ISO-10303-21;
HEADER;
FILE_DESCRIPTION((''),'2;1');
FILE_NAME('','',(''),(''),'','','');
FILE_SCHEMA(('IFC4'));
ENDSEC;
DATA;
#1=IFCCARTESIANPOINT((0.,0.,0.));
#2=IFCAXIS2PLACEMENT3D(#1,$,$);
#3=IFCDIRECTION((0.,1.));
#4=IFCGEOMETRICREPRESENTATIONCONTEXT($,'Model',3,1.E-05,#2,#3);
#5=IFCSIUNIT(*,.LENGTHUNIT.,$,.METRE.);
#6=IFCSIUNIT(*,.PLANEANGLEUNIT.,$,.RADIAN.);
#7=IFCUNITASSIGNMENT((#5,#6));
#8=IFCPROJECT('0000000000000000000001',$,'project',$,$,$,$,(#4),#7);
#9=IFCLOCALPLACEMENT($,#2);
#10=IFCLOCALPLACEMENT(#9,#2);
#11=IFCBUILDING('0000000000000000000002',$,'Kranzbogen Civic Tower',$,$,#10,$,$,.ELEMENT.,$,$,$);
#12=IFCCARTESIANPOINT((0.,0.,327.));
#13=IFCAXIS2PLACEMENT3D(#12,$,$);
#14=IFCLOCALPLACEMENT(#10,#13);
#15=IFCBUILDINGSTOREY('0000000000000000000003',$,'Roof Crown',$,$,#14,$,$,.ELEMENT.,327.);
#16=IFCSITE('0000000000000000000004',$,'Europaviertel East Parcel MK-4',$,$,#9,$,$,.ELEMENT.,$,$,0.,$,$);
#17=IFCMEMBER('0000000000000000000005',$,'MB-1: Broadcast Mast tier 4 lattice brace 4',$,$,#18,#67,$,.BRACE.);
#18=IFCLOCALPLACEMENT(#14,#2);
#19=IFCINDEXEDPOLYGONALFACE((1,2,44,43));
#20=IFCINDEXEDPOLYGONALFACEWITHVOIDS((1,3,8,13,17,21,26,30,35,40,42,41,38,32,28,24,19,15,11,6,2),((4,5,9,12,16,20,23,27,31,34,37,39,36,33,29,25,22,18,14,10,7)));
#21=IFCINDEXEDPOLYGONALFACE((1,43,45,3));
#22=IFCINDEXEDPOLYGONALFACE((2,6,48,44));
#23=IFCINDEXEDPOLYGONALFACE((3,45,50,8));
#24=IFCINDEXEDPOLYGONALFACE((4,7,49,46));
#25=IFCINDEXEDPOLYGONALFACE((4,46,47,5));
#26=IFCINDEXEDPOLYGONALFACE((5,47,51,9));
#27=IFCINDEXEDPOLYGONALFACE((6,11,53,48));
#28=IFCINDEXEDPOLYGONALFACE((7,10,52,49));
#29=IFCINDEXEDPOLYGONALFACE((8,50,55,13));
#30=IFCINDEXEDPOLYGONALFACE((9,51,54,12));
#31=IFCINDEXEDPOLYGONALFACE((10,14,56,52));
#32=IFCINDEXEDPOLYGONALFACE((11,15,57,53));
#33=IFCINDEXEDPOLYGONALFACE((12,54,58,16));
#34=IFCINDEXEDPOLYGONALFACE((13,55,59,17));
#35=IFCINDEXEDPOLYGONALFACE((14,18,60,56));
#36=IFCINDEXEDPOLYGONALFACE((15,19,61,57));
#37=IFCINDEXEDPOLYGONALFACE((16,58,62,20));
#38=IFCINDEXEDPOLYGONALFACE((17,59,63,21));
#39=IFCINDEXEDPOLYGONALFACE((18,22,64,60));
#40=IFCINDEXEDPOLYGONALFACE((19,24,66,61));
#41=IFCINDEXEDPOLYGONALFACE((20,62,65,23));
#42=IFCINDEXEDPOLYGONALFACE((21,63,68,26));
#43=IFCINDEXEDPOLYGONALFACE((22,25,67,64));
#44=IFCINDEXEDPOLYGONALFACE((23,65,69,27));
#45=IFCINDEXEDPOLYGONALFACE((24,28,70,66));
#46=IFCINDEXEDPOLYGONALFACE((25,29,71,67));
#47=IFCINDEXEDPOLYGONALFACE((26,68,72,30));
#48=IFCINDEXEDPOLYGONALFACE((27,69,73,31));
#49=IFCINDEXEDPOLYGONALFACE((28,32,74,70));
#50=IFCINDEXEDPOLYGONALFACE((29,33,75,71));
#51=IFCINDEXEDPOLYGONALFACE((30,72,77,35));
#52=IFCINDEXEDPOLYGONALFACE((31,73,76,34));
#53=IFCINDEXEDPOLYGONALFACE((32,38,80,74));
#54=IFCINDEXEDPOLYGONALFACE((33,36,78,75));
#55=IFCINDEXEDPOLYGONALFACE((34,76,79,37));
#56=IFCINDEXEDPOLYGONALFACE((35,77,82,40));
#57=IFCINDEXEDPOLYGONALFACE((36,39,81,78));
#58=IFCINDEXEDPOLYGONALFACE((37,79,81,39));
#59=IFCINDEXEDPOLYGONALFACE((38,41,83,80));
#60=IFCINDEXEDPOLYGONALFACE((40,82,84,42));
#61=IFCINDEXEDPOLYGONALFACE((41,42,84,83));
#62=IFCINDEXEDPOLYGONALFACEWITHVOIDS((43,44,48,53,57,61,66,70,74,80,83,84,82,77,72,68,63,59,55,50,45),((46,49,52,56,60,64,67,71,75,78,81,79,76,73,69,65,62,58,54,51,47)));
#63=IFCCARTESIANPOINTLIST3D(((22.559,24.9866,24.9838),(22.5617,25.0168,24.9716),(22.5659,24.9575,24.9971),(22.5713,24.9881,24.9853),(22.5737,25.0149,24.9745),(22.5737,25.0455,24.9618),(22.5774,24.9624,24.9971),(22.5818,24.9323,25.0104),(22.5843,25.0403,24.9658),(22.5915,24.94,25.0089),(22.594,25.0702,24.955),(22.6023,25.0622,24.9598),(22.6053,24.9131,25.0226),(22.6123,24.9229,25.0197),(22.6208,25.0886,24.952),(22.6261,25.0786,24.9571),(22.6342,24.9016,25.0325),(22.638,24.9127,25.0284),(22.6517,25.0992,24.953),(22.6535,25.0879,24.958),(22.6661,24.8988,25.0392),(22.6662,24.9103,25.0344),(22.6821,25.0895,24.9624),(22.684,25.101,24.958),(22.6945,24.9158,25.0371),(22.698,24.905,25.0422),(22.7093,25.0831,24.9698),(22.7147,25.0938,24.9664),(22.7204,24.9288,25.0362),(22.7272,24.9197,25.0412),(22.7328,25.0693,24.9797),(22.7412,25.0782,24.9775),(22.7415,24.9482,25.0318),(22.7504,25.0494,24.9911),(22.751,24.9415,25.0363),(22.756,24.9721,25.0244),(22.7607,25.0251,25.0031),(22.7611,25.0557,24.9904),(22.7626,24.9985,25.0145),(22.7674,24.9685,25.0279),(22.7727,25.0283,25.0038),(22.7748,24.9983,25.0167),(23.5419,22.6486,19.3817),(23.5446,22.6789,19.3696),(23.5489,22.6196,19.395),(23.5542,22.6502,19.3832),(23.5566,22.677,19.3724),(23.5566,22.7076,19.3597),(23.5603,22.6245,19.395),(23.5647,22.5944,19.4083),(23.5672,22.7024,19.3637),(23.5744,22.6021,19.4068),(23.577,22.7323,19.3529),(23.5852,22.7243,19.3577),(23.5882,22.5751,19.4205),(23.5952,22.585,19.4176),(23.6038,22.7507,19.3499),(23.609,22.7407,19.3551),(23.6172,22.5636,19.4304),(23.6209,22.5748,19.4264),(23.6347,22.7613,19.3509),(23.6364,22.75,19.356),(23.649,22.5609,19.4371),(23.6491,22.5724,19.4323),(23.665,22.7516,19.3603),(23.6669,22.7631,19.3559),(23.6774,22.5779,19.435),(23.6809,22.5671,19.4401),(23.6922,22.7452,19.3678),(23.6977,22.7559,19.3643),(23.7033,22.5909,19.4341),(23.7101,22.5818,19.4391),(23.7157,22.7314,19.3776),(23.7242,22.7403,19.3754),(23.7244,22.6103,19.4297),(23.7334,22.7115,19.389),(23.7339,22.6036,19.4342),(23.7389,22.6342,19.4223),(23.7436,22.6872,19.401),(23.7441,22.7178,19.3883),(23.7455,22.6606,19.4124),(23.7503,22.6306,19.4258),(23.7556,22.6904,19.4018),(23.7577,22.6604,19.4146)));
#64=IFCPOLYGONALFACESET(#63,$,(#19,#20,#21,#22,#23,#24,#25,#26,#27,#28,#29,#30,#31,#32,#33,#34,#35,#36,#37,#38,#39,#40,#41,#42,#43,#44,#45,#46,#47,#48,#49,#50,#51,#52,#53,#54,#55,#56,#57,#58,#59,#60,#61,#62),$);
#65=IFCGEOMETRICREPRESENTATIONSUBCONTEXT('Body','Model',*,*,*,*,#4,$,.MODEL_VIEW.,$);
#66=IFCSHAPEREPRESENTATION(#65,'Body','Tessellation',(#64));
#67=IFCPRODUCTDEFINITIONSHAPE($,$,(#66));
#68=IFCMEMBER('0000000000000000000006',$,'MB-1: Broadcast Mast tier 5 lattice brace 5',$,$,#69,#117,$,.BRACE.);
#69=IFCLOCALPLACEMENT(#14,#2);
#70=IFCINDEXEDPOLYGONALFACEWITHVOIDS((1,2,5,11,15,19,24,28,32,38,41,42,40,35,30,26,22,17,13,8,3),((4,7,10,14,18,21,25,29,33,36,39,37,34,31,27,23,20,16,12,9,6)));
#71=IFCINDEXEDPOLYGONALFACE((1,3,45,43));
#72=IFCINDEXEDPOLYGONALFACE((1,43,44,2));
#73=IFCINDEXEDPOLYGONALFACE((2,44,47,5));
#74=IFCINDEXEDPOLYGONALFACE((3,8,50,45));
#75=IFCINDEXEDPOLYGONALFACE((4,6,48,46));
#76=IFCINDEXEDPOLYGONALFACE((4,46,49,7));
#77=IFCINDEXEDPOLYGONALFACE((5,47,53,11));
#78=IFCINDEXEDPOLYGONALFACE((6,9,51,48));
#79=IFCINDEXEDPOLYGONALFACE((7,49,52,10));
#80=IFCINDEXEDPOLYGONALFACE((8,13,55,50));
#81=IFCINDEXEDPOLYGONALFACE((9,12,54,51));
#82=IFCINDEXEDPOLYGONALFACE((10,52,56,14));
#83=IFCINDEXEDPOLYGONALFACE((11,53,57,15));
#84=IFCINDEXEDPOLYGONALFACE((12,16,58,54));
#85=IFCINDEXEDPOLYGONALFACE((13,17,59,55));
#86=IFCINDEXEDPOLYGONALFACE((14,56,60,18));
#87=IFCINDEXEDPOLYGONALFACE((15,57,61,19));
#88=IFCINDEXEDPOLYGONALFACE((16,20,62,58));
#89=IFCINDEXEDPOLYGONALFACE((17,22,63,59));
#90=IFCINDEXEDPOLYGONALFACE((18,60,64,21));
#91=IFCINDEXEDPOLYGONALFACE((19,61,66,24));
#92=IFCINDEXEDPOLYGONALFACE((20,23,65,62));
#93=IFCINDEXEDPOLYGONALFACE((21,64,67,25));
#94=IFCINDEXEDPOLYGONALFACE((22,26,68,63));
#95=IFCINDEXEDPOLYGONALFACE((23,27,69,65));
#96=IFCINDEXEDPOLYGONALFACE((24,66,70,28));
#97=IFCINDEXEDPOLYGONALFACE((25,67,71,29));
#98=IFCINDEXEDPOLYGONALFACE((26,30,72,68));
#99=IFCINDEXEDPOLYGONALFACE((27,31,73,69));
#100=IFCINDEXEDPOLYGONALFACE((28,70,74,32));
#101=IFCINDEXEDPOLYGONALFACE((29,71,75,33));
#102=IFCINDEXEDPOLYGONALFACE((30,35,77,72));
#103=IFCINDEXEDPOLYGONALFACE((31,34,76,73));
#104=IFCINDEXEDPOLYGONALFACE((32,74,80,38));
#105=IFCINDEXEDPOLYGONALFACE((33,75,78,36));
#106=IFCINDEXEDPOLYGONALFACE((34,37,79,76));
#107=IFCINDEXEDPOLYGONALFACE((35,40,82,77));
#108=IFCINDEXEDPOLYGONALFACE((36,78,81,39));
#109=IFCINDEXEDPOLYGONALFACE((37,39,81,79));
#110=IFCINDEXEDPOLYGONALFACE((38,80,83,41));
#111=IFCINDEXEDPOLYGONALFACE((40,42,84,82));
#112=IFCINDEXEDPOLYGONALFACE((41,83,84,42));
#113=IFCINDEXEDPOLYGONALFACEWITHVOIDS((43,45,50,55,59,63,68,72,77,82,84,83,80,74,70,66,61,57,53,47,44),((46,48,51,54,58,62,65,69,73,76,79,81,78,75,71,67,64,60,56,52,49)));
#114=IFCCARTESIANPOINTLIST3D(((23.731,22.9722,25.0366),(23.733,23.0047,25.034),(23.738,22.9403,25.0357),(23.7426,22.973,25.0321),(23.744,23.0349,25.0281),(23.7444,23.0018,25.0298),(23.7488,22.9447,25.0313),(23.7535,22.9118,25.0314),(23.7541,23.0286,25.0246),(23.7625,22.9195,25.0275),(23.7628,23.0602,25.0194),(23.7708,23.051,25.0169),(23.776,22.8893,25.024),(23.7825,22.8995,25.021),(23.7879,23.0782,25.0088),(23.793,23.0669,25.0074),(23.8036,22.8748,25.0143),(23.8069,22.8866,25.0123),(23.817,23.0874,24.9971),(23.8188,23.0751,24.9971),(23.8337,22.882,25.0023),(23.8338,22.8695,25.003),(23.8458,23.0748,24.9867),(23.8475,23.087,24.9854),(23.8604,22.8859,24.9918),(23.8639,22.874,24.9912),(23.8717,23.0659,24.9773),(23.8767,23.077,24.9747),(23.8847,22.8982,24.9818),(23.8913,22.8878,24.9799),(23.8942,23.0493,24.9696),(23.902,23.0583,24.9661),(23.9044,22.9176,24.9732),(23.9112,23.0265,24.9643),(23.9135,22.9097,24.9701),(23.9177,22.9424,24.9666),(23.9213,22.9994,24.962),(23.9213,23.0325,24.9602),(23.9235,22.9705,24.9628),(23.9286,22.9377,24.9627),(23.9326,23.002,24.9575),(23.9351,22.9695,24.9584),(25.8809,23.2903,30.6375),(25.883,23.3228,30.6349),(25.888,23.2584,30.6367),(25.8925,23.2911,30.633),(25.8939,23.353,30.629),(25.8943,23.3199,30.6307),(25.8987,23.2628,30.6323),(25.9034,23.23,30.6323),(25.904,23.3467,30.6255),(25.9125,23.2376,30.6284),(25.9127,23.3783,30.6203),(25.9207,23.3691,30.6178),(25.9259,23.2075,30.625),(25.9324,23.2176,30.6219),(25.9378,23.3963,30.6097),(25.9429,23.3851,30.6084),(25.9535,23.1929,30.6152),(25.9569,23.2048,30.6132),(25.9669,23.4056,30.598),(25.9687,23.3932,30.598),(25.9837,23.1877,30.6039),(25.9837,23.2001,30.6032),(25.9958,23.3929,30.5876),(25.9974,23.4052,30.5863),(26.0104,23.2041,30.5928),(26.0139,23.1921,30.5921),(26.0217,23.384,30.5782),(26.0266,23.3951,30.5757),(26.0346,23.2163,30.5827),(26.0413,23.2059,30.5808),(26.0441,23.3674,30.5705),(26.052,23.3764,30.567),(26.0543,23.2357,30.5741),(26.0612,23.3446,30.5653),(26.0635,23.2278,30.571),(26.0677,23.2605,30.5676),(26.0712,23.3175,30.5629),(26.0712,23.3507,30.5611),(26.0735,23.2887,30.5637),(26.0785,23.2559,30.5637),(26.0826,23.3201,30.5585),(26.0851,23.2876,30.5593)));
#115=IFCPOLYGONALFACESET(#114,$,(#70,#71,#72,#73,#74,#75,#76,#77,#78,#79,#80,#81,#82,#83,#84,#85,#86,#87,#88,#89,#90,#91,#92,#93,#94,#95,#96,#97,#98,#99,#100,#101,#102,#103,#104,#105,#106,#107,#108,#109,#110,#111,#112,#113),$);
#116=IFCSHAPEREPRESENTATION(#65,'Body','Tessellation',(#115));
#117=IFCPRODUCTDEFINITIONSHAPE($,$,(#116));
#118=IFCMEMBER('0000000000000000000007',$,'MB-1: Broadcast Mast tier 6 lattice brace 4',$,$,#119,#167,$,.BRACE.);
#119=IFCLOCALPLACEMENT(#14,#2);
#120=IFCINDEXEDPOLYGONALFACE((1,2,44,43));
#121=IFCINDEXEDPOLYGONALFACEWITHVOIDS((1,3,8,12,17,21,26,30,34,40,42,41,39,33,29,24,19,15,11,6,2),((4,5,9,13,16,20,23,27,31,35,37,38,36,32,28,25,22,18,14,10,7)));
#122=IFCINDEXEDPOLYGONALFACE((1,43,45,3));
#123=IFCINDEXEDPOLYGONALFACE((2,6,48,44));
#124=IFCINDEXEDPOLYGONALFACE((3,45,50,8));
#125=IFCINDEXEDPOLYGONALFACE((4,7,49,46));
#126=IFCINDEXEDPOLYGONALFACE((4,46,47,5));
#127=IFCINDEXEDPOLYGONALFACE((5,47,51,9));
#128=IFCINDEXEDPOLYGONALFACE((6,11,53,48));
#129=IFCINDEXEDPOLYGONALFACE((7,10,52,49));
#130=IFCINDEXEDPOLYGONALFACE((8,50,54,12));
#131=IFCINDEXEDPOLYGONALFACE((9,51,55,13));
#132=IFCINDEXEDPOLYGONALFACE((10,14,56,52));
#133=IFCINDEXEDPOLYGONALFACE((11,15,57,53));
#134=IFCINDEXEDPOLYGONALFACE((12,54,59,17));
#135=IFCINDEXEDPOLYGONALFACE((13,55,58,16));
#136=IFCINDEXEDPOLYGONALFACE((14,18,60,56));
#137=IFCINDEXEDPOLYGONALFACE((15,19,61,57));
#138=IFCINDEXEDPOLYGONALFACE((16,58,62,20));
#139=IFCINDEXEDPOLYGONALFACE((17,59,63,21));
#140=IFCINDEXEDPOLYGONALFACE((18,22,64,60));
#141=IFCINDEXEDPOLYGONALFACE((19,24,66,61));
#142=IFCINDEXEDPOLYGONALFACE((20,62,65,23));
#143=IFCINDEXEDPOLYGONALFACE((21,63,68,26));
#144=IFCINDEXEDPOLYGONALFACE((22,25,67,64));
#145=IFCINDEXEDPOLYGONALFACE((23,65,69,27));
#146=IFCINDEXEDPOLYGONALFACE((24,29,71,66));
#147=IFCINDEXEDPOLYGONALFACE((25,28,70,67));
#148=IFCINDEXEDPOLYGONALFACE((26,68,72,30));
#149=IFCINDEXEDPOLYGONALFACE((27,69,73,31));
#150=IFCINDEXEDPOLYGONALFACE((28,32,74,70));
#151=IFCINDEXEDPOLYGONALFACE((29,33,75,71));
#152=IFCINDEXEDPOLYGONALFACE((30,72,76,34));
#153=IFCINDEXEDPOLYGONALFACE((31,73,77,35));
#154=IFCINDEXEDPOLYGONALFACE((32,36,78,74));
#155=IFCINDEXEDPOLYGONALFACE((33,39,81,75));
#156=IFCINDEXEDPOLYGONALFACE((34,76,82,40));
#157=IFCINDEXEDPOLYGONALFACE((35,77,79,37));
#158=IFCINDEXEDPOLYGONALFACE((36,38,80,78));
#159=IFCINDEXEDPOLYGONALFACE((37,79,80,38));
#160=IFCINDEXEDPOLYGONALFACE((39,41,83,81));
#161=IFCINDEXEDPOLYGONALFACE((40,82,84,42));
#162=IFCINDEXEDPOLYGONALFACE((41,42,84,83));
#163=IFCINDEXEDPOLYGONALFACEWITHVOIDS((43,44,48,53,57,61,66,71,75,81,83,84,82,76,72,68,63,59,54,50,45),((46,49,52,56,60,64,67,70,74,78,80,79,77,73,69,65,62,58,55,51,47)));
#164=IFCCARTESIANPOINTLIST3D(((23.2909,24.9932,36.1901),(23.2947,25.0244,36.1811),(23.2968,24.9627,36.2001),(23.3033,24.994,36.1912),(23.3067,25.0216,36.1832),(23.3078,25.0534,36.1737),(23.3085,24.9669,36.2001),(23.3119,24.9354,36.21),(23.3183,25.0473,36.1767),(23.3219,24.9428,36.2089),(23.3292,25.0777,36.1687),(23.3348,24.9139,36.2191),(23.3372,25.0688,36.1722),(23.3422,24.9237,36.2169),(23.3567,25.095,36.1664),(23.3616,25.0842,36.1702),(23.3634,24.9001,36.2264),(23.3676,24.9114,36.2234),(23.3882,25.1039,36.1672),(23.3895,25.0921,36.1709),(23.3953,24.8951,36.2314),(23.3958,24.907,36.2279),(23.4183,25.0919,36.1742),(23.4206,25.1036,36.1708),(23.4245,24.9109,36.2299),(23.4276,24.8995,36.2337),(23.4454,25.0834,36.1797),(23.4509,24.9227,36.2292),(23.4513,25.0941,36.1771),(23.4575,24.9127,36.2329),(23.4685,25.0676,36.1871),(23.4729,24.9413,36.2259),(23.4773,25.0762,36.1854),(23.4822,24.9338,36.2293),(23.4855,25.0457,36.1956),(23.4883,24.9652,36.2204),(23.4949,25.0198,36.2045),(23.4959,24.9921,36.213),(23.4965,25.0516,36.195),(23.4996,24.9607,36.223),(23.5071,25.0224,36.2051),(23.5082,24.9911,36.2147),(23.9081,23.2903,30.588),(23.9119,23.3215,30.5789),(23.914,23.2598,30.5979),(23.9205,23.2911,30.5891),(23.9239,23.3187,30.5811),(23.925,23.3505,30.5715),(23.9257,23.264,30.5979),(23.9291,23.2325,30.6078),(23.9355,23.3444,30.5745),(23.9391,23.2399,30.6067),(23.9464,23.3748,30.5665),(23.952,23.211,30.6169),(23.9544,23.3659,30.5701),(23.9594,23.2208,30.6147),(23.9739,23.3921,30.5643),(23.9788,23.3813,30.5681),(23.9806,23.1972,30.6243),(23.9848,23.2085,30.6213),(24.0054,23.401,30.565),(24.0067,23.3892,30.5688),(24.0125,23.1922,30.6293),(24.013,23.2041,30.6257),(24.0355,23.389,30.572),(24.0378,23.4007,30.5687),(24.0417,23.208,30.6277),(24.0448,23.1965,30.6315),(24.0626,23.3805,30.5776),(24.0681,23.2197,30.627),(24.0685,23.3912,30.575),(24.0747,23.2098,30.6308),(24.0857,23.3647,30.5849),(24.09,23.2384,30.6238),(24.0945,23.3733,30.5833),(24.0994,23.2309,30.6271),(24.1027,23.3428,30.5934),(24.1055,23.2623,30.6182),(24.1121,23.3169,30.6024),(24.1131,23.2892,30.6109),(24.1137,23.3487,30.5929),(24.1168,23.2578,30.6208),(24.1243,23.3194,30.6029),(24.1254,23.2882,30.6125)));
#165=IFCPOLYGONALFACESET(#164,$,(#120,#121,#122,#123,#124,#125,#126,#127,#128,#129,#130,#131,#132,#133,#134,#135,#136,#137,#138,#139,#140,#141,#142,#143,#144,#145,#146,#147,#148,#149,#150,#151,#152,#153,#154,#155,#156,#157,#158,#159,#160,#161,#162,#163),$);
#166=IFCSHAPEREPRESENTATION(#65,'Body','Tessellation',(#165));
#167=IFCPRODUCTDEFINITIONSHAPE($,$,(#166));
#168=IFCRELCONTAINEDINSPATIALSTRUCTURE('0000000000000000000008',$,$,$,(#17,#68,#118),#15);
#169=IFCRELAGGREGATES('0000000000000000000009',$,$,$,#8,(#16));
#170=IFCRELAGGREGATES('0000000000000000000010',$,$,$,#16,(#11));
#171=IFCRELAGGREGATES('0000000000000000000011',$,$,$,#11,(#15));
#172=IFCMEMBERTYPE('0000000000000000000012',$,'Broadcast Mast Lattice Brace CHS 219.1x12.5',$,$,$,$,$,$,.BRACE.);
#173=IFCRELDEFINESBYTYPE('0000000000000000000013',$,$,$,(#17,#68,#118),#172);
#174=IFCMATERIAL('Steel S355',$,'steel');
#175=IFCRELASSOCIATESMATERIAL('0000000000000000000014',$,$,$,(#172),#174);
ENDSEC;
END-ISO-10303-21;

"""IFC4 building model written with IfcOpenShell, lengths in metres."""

from ifc_helpers import new_model, si_unit, direction, frame, origin, origin_2d, place, context, subcontext, project, spatial, hollow_circle, extrude, material, material_profile, profile_set, type_object, element, save


model = new_model("IFC4")

# Units and contexts
model_context = context("Model", 3, precision=1e-05, world=origin(), true_north=direction((0.0, 1.0)))
body_context = subcontext(model_context, "Body", "Model", "MODEL_VIEW")
ifc_project = project(units=[si_unit("LENGTHUNIT", "METRE"), si_unit("PLANEANGLEUNIT", "RADIAN")], contexts=[model_context])

# Site, building, storey
site_placement = place(None, origin())
site = spatial("IfcSite", under=ifc_project, at=site_placement, Name="Europaviertel East Parcel MK-4", CompositionType="ELEMENT", RefElevation=0.0)
building_placement = place(site_placement, origin())
building = spatial("IfcBuilding", under=site, at=building_placement, Name="Kranzbogen Civic Tower", CompositionType="ELEMENT")
storey_placement = place(building_placement, frame((0.0, 0.0, 327.0)))
storey = spatial("IfcBuildingStorey", under=building, at=storey_placement, Name="Roof Crown", CompositionType="ELEMENT", Elevation=327.0)

# Members
ifc_material = material(Name="Steel S355", Category="steel")
ifc_material_profile_1 = material_profile(ifc_material, hollow_circle(Radius=0.1096, WallThickness=0.0125, at=origin_2d()), Name="CHS 219.1x12.5")
ifc_profile_set_1 = profile_set([ifc_material_profile_1], Name="Steel S355")
member_type_1 = type_object("IfcMemberType", Name="Broadcast Mast Lattice Brace CHS 219.1x12.5", PredefinedType="BRACE", material=ifc_profile_set_1)
member_1_placement = place(storey_placement, frame((23.6499, 22.6621, 19.395), z_axis=(-0.159839, 0.380183, 0.910995), x_axis=(-0.921842, -0.387566, 0.0)))
element("IfcMember", 1, at=member_1_placement, inside=storey, type_object=member_type_1, Name="MB-1: Broadcast Mast tier 4 lattice brace 4", PredefinedType="BRACE", context=body_context, shape_type="SweptSolid", body=[
    extrude(hollow_circle(Radius=0.1096, WallThickness=0.0125, at=origin_2d()), origin(), (0.0, 0.0, 1.0), 6.1494),
])
member_2_placement = place(storey_placement, frame((23.833, 22.979, 24.9971), z_axis=(0.357857, 0.052951, 0.932274), x_axis=(-0.146374, 0.989229, 0.0)))
element("IfcMember", 2, at=member_2_placement, inside=storey, type_object=member_type_1, Name="MB-1: Broadcast Mast tier 5 lattice brace 5", PredefinedType="BRACE", context=body_context, shape_type="SweptSolid", body=[
    extrude(hollow_circle(Radius=0.1096, WallThickness=0.0125, at=origin_2d()), origin(), (0.0, 0.0, 1.0), 6.0078),
])
member_3_placement = place(storey_placement, frame((24.0171, 23.2971, 30.5979), z_axis=(-0.104829, 0.289232, 0.951502), x_axis=(-0.940155, -0.340747, 0.0)))
element("IfcMember", 3, at=member_3_placement, inside=storey, type_object=member_type_1, Name="MB-1: Broadcast Mast tier 6 lattice brace 4", PredefinedType="BRACE", context=body_context, shape_type="SweptSolid", body=[
    extrude(hollow_circle(Radius=0.1096, WallThickness=0.0125, at=origin_2d()), origin(), (0.0, 0.0, 1.0), 5.8877),
])

save(model, "model.ifc")
